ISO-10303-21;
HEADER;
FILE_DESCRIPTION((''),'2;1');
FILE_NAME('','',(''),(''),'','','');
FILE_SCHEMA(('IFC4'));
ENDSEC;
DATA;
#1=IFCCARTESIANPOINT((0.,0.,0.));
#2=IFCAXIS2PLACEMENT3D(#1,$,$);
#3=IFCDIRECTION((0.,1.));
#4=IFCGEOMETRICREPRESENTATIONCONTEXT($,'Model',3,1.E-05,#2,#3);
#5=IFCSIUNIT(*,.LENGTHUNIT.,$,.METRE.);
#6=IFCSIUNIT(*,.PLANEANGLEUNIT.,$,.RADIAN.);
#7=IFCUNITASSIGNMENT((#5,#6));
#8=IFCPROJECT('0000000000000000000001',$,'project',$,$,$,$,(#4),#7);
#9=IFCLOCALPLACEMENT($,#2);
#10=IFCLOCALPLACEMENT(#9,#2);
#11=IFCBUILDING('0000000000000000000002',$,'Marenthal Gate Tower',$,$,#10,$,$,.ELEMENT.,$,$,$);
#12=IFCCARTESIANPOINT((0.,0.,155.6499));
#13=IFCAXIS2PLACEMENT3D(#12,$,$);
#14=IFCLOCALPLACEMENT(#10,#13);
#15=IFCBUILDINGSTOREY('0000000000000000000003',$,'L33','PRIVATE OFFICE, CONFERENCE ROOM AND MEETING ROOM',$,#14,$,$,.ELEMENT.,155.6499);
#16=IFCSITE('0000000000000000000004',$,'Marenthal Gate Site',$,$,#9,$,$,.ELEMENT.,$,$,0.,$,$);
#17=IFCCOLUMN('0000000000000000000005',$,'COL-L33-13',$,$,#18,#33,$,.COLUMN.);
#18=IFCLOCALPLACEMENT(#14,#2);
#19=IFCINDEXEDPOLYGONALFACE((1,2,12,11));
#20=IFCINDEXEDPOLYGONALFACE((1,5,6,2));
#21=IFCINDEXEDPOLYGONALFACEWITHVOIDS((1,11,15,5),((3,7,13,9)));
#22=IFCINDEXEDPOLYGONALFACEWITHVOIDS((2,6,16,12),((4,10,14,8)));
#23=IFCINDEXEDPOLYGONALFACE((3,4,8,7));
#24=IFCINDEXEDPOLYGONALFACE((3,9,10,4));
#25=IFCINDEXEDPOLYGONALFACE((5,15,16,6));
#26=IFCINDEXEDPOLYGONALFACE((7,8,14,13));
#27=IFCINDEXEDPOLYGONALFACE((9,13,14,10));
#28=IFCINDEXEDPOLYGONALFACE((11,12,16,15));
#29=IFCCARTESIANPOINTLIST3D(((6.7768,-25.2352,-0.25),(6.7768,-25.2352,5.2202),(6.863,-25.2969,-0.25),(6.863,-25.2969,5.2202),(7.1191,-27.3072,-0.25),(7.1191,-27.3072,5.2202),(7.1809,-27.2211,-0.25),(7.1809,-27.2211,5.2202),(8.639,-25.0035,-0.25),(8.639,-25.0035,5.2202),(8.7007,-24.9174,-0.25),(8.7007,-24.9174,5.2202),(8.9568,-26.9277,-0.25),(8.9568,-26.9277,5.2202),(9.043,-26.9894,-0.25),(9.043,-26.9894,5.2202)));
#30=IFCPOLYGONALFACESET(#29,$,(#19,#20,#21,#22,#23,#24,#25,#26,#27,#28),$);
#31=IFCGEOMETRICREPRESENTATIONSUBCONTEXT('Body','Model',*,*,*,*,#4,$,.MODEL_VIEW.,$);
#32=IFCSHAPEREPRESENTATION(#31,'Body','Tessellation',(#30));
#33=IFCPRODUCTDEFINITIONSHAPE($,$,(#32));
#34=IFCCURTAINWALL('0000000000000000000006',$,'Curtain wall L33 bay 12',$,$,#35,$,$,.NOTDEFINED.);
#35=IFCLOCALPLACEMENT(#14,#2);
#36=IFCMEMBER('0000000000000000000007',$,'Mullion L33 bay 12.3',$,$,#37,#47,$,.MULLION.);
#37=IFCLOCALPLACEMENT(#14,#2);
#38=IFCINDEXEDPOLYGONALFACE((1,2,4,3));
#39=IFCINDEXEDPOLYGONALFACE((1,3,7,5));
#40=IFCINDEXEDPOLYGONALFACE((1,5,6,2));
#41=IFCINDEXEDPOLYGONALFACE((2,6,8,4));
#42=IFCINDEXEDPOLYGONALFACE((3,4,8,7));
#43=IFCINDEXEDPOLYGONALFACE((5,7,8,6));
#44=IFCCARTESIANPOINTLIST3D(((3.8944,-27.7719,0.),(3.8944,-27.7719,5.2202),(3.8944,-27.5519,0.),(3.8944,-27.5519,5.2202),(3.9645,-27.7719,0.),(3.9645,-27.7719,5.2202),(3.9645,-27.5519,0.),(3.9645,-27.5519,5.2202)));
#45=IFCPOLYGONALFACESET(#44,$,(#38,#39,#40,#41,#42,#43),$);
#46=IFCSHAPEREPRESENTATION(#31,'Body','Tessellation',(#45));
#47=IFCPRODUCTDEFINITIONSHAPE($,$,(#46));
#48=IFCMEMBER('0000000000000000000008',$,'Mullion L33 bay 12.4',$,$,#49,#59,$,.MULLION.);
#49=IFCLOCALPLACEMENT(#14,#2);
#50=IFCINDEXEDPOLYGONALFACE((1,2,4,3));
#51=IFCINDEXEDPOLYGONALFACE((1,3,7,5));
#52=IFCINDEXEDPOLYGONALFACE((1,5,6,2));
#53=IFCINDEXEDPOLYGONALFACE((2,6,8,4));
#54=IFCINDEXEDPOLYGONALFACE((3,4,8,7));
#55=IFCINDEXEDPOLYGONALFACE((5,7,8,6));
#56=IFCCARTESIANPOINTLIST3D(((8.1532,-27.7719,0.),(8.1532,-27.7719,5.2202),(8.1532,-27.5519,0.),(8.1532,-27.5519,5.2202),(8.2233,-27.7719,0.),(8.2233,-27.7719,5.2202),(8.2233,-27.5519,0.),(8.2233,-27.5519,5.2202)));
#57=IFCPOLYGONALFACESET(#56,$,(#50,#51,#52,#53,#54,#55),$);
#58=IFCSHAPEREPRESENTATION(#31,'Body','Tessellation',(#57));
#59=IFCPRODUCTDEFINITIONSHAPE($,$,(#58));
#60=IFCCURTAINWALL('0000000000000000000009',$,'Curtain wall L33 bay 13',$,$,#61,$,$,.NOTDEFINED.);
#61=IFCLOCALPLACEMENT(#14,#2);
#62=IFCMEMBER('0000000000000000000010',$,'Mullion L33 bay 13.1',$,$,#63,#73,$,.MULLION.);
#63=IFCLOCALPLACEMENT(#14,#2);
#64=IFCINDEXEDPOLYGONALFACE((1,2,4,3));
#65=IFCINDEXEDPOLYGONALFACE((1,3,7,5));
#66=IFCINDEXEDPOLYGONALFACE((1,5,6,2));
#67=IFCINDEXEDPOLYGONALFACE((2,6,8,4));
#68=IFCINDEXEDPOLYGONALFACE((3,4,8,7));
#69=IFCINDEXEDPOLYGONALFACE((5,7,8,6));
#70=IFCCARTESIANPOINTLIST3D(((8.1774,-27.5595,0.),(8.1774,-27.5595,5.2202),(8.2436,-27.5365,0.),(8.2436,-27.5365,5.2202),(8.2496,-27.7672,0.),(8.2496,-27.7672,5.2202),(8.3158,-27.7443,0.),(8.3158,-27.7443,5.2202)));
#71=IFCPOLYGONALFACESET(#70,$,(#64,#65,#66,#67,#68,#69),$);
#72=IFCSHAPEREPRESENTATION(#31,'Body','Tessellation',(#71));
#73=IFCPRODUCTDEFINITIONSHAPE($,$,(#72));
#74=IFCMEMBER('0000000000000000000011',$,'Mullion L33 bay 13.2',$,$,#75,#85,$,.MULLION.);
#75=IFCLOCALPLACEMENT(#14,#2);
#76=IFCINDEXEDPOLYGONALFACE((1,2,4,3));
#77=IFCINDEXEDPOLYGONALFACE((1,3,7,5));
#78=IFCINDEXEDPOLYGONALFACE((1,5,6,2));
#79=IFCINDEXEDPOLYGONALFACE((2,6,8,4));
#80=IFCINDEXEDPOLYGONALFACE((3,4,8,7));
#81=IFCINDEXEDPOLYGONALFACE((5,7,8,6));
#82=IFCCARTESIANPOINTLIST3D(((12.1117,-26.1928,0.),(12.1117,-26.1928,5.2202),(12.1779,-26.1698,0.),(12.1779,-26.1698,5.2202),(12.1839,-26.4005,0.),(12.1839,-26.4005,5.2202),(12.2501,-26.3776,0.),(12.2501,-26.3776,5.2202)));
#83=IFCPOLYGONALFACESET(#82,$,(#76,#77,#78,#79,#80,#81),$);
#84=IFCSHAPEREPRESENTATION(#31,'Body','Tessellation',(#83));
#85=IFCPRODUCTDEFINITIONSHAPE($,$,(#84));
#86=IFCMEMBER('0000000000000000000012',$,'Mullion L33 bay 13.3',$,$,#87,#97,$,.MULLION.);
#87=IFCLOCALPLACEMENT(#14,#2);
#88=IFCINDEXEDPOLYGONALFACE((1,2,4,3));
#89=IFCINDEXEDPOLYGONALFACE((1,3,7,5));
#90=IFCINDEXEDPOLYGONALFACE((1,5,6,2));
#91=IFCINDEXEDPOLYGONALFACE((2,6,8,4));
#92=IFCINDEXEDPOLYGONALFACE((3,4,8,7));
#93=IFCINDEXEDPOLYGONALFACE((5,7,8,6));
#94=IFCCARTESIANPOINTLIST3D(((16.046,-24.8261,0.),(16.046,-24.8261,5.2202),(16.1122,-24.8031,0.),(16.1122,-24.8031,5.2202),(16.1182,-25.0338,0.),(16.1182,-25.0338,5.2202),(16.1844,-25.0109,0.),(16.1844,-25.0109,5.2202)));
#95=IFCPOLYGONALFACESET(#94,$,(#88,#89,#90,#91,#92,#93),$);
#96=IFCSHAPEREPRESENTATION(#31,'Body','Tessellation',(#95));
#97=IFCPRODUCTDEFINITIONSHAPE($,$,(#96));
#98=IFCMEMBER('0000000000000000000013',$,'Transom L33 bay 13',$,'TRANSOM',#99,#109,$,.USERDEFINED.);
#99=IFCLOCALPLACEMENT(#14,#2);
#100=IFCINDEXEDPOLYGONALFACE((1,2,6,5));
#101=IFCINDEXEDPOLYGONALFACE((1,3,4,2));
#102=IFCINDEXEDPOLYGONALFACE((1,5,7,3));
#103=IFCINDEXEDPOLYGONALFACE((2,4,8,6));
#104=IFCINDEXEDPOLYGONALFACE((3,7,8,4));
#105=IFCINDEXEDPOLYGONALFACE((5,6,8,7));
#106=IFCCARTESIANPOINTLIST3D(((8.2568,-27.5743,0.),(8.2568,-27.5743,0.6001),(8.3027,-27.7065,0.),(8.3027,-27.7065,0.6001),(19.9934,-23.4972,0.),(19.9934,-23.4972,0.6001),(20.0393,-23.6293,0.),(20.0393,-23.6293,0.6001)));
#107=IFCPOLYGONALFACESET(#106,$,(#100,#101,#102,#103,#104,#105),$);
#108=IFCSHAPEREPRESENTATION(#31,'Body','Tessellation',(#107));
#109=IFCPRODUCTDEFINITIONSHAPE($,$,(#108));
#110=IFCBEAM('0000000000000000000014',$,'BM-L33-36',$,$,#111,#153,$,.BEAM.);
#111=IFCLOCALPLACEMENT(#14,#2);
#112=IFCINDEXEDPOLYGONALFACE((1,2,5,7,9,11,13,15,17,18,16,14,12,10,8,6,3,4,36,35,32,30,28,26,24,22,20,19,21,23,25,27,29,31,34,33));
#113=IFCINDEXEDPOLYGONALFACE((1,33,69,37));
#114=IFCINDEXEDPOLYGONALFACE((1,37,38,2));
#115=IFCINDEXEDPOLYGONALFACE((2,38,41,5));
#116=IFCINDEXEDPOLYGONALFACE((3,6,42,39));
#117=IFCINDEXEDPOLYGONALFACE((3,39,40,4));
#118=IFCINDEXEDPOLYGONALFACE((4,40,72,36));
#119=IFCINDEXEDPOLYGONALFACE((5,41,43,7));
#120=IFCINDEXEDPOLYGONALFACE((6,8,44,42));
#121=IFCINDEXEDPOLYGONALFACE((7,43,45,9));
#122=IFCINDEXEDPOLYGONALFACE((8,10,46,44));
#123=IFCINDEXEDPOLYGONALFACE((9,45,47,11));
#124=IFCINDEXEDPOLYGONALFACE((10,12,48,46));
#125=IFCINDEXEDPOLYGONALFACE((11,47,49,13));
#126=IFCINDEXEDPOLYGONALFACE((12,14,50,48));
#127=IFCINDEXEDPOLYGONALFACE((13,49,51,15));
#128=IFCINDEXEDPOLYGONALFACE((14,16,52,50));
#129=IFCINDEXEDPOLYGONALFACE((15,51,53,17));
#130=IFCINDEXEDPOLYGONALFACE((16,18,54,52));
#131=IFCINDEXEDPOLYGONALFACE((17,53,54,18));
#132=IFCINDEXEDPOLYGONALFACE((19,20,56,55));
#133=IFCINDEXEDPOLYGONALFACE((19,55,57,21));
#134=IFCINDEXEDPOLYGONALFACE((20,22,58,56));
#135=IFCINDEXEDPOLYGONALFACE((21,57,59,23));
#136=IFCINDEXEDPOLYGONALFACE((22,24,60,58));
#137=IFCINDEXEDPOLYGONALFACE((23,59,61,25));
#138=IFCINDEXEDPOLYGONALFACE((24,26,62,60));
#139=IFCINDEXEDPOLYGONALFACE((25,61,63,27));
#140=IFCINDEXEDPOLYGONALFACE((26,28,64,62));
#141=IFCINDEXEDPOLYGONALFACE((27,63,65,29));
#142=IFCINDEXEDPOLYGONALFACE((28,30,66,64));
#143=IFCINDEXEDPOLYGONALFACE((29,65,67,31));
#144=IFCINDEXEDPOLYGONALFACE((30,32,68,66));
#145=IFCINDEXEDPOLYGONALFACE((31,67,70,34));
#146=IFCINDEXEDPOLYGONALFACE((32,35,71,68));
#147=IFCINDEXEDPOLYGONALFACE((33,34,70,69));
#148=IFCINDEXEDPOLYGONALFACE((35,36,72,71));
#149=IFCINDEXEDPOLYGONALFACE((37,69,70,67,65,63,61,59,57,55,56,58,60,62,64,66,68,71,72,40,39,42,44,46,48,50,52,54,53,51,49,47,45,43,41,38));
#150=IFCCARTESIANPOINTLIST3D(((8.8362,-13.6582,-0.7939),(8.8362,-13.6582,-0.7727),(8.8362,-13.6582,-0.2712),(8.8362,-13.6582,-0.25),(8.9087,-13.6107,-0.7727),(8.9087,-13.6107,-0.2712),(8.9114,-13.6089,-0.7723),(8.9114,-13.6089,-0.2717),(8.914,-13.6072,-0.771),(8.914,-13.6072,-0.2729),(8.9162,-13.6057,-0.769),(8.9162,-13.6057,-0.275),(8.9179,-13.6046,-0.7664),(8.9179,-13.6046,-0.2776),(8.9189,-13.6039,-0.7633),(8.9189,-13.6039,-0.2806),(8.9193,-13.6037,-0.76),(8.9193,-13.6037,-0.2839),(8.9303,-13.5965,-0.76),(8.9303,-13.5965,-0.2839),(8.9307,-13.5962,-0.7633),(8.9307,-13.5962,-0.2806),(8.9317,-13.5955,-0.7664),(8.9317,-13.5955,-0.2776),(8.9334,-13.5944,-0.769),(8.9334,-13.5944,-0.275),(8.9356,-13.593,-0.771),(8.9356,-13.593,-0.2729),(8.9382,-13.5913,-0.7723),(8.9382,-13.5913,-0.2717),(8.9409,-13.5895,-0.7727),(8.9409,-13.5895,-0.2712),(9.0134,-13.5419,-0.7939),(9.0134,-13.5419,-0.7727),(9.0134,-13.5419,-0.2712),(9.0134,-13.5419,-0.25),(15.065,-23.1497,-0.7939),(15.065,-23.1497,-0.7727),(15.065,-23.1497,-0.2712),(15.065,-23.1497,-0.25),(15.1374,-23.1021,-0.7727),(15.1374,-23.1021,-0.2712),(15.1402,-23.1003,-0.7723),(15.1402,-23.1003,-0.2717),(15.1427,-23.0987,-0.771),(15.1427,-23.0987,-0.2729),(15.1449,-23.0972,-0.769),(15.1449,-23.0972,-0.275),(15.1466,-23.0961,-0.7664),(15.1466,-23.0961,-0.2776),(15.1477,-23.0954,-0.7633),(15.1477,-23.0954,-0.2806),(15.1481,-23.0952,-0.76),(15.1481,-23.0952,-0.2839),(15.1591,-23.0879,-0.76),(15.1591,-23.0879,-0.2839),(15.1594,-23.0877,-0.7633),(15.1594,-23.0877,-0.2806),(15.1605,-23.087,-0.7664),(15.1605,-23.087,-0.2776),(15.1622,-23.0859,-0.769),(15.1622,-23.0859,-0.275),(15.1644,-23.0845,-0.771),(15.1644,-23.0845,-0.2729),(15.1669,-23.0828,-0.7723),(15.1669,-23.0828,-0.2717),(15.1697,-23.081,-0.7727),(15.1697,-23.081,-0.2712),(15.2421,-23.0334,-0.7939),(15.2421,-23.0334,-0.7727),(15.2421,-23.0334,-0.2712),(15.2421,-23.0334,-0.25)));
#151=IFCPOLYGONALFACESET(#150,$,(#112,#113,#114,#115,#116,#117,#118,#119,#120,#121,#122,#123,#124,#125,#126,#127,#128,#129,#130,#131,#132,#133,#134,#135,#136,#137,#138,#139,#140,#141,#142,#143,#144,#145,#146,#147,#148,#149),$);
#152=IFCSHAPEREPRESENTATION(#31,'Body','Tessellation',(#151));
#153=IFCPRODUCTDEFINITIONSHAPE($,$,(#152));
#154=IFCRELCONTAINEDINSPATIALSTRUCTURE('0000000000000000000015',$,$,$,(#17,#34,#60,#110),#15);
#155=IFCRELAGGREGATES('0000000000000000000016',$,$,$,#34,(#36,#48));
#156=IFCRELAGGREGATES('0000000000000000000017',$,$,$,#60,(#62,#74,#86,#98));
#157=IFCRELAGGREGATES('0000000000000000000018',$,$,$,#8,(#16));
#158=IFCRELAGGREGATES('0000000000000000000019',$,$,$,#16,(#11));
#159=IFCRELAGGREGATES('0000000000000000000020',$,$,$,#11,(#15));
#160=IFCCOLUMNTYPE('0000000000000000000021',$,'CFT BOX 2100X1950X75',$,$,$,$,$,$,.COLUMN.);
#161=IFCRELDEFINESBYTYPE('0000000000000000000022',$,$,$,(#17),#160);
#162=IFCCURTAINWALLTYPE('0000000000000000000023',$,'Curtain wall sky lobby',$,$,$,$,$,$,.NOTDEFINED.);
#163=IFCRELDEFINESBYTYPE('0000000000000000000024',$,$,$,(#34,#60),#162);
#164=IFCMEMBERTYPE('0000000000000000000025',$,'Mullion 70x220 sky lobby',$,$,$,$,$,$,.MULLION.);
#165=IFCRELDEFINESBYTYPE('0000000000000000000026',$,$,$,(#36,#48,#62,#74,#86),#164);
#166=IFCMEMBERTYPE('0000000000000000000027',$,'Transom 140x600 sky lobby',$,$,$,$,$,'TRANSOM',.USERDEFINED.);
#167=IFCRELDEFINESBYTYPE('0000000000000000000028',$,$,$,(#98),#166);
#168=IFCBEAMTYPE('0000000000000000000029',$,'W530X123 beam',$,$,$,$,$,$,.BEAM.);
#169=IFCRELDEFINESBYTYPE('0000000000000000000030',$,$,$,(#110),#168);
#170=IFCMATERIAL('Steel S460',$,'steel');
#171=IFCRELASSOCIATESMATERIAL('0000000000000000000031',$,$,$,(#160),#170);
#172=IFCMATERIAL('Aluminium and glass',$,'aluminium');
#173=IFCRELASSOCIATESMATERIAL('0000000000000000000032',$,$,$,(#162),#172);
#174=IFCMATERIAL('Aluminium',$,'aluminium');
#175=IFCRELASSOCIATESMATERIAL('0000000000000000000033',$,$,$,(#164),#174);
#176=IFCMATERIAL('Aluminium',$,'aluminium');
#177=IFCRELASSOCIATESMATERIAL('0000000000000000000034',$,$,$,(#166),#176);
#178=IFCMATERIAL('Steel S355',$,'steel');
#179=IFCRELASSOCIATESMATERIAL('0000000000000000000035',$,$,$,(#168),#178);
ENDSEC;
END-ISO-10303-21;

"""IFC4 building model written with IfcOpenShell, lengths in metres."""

from ifc_helpers import new_model, si_unit, direction, frame, origin, origin_2d, place, context, subcontext, project, spatial, rectangle, hollow_rectangle, i_section, extrude, material, material_profile, profile_set, type_object, element, aggregate, save


model = new_model("IFC4")

# Units and contexts
model_context = context("Model", 3, precision=1e-05, world=origin(), true_north=direction((0.0, 1.0)))
body_context = subcontext(model_context, "Body", "Model", "MODEL_VIEW")
ifc_project = project(units=[si_unit("LENGTHUNIT", "METRE"), si_unit("PLANEANGLEUNIT", "RADIAN")], contexts=[model_context])

# Site, building, storey
site_placement = place(None, origin())
site = spatial("IfcSite", under=ifc_project, at=site_placement, Name="Marenthal Gate Site", CompositionType="ELEMENT", RefElevation=0.0)
building_placement = place(site_placement, origin())
building = spatial("IfcBuilding", under=site, at=building_placement, Name="Marenthal Gate Tower", CompositionType="ELEMENT")
storey_placement = place(building_placement, frame((0.0, 0.0, 155.6499)))
storey = spatial("IfcBuildingStorey", under=building, at=storey_placement, Name="L33", Description="PRIVATE OFFICE, CONFERENCE ROOM AND MEETING ROOM", CompositionType="ELEMENT", Elevation=155.6499)

# Column
ifc_material_1 = material(Name="Steel S460", Category="steel")
ifc_material_profile_1 = material_profile(ifc_material_1, hollow_rectangle(XDim=1.95, YDim=2.1001, WallThickness=0.075, at=origin_2d()), Name="CFT BOX 2100X1950X75")
ifc_material_2 = material(Name="Concrete 70 MPa", Category="concrete")
ifc_material_profile_2 = material_profile(ifc_material_2, rectangle(XDim=1.8, YDim=1.95, at=origin_2d()), Name="CFT BOX 2100X1950X75 INFILL")
ifc_profile_set_1 = profile_set([ifc_material_profile_1, ifc_material_profile_2], Name="Steel S460 shell, Concrete 70 MPa infill")
column_type = type_object("IfcColumnType", Name="CFT BOX 2100X1950X75", PredefinedType="COLUMN", material=ifc_profile_set_1)
column_placement = place(storey_placement, frame((7.9099, -26.1123, -0.25), z_axis=(0.0, 0.0, 1.0), x_axis=(-0.986627, -0.162997, 0.0)))
element("IfcColumn", 1, at=column_placement, inside=storey, type_object=column_type, Name="COL-L33-13", PredefinedType="COLUMN", context=body_context, shape_type="SweptSolid", body=[
    extrude(hollow_rectangle(XDim=1.95, YDim=2.1001, WallThickness=0.075, at=origin_2d()), origin(), (0.0, 0.0, 1.0), 5.4702),
])

# Curtain walls, members
ifc_material_3 = material(Name="Aluminium and glass", Category="aluminium")
curtain_wall_type = type_object("IfcCurtainWallType", Name="Curtain wall sky lobby", PredefinedType="NOTDEFINED", material=ifc_material_3)
curtain_wall_1_placement = place(storey_placement, origin())
curtain_wall_1 = element("IfcCurtainWall", 2, at=curtain_wall_1_placement, inside=storey, type_object=curtain_wall_type, Name="Curtain wall L33 bay 12", PredefinedType="NOTDEFINED")
ifc_material_4 = material(Name="Aluminium", Category="aluminium")
ifc_material_profile_3 = material_profile(ifc_material_4, rectangle(XDim=0.22, YDim=0.0701, at=origin_2d()), Name="70x220 aluminium mullion")
ifc_profile_set_2 = profile_set([ifc_material_profile_3], Name="Aluminium")
member_type_1 = type_object("IfcMemberType", Name="Mullion 70x220 sky lobby", PredefinedType="MULLION", material=ifc_profile_set_2)
member_1_placement = place(storey_placement, frame((3.9294, -27.6619, 0.0), z_axis=(0.0, 0.0, 1.0), x_axis=(0.0, 1.0, 0.0)))
member_1 = element("IfcMember", 3, at=member_1_placement, type_object=member_type_1, Name="Mullion L33 bay 12.3", PredefinedType="MULLION", context=body_context, shape_type="SweptSolid", body=[
    extrude(rectangle(XDim=0.22, YDim=0.0701, at=origin_2d()), origin(), (0.0, 0.0, 1.0), 5.2202),
])
member_2_placement = place(storey_placement, frame((8.1882, -27.6619, 0.0), z_axis=(0.0, 0.0, 1.0), x_axis=(0.0, 1.0, 0.0)))
member_2 = element("IfcMember", 4, at=member_2_placement, type_object=member_type_1, Name="Mullion L33 bay 12.4", PredefinedType="MULLION", context=body_context, shape_type="SweptSolid", body=[
    extrude(rectangle(XDim=0.22, YDim=0.0701, at=origin_2d()), origin(), (0.0, 0.0, 1.0), 5.2202),
])
curtain_wall_2_placement = place(storey_placement, origin())
curtain_wall_2 = element("IfcCurtainWall", 5, at=curtain_wall_2_placement, inside=storey, type_object=curtain_wall_type, Name="Curtain wall L33 bay 13", PredefinedType="NOTDEFINED")
member_3_placement = place(storey_placement, frame((8.2466, -27.6519, 0.0), z_axis=(0.0, 0.0, 1.0), x_axis=(-0.328158, 0.944623, 0.0)))
member_3 = element("IfcMember", 6, at=member_3_placement, type_object=member_type_1, Name="Mullion L33 bay 13.1", PredefinedType="MULLION", context=body_context, shape_type="SweptSolid", body=[
    extrude(rectangle(XDim=0.22, YDim=0.0701, at=origin_2d()), origin(), (0.0, 0.0, 1.0), 5.2202),
])
member_4_placement = place(storey_placement, frame((12.1809, -26.2852, 0.0), z_axis=(0.0, 0.0, 1.0), x_axis=(-0.328158, 0.944623, 0.0)))
member_4 = element("IfcMember", 7, at=member_4_placement, type_object=member_type_1, Name="Mullion L33 bay 13.2", PredefinedType="MULLION", context=body_context, shape_type="SweptSolid", body=[
    extrude(rectangle(XDim=0.22, YDim=0.0701, at=origin_2d()), origin(), (0.0, 0.0, 1.0), 5.2202),
])
member_5_placement = place(storey_placement, frame((16.1152, -24.9185, 0.0), z_axis=(0.0, 0.0, 1.0), x_axis=(-0.328158, 0.944623, 0.0)))
member_5 = element("IfcMember", 8, at=member_5_placement, type_object=member_type_1, Name="Mullion L33 bay 13.3", PredefinedType="MULLION", context=body_context, shape_type="SweptSolid", body=[
    extrude(rectangle(XDim=0.22, YDim=0.0701, at=origin_2d()), origin(), (0.0, 0.0, 1.0), 5.2202),
])
ifc_material_5 = material(Name="Aluminium", Category="aluminium")
ifc_material_profile_4 = material_profile(ifc_material_5, rectangle(XDim=0.1399, YDim=0.6001, at=origin_2d()), Name="140x600 aluminium transom")
ifc_profile_set_3 = profile_set([ifc_material_profile_4], Name="Aluminium")
member_type_2 = type_object("IfcMemberType", Name="Transom 140x600 sky lobby", ElementType="TRANSOM", PredefinedType="USERDEFINED", material=ifc_profile_set_3)
member_6_placement = place(storey_placement, frame((8.2798, -27.6404, 0.3), z_axis=(0.944625, 0.328152, 0.0), x_axis=(-0.328152, 0.944625, 0.0)))
member_6 = element("IfcMember", 9, at=member_6_placement, type_object=member_type_2, Name="Transom L33 bay 13", ObjectType="TRANSOM", PredefinedType="USERDEFINED", context=body_context, shape_type="SweptSolid", body=[
    extrude(rectangle(XDim=0.1399, YDim=0.6001, at=origin_2d()), origin(), (0.0, 0.0, 1.0), 12.4246),
])

# Beam
ifc_material_6 = material(Name="Steel S355", Category="steel")
ifc_material_profile_5 = material_profile(ifc_material_6, i_section(OverallWidth=0.2119, OverallDepth=0.5439, WebThickness=0.0132, FlangeThickness=0.0212, FilletRadius=0.0127, at=origin_2d()), Name="W530X123")
ifc_profile_set_4 = profile_set([ifc_material_profile_5], Name="Steel S355")
beam_type_1 = type_object("IfcBeamType", Name="W530X123 beam", PredefinedType="BEAM", material=ifc_profile_set_4)
beam_1_placement = place(storey_placement, frame((15.1536, -23.0916, -0.522), z_axis=(-0.548656, 0.836048, 0.0), x_axis=(-0.836048, -0.548656, 0.0)))
element("IfcBeam", 10, at=beam_1_placement, inside=storey, type_object=beam_type_1, Name="BM-L33-36", PredefinedType="BEAM", context=body_context, shape_type="SweptSolid", body=[
    extrude(i_section(OverallWidth=0.2119, OverallDepth=0.5439, WebThickness=0.0132, FlangeThickness=0.0212, FilletRadius=0.0127, at=origin_2d()), origin(), (0.0, 0.0, 1.0), 11.3528),
])

aggregate(curtain_wall_1, [member_1, member_2])
aggregate(curtain_wall_2, [member_3, member_4, member_5, member_6])

save(model, "model.ifc")
